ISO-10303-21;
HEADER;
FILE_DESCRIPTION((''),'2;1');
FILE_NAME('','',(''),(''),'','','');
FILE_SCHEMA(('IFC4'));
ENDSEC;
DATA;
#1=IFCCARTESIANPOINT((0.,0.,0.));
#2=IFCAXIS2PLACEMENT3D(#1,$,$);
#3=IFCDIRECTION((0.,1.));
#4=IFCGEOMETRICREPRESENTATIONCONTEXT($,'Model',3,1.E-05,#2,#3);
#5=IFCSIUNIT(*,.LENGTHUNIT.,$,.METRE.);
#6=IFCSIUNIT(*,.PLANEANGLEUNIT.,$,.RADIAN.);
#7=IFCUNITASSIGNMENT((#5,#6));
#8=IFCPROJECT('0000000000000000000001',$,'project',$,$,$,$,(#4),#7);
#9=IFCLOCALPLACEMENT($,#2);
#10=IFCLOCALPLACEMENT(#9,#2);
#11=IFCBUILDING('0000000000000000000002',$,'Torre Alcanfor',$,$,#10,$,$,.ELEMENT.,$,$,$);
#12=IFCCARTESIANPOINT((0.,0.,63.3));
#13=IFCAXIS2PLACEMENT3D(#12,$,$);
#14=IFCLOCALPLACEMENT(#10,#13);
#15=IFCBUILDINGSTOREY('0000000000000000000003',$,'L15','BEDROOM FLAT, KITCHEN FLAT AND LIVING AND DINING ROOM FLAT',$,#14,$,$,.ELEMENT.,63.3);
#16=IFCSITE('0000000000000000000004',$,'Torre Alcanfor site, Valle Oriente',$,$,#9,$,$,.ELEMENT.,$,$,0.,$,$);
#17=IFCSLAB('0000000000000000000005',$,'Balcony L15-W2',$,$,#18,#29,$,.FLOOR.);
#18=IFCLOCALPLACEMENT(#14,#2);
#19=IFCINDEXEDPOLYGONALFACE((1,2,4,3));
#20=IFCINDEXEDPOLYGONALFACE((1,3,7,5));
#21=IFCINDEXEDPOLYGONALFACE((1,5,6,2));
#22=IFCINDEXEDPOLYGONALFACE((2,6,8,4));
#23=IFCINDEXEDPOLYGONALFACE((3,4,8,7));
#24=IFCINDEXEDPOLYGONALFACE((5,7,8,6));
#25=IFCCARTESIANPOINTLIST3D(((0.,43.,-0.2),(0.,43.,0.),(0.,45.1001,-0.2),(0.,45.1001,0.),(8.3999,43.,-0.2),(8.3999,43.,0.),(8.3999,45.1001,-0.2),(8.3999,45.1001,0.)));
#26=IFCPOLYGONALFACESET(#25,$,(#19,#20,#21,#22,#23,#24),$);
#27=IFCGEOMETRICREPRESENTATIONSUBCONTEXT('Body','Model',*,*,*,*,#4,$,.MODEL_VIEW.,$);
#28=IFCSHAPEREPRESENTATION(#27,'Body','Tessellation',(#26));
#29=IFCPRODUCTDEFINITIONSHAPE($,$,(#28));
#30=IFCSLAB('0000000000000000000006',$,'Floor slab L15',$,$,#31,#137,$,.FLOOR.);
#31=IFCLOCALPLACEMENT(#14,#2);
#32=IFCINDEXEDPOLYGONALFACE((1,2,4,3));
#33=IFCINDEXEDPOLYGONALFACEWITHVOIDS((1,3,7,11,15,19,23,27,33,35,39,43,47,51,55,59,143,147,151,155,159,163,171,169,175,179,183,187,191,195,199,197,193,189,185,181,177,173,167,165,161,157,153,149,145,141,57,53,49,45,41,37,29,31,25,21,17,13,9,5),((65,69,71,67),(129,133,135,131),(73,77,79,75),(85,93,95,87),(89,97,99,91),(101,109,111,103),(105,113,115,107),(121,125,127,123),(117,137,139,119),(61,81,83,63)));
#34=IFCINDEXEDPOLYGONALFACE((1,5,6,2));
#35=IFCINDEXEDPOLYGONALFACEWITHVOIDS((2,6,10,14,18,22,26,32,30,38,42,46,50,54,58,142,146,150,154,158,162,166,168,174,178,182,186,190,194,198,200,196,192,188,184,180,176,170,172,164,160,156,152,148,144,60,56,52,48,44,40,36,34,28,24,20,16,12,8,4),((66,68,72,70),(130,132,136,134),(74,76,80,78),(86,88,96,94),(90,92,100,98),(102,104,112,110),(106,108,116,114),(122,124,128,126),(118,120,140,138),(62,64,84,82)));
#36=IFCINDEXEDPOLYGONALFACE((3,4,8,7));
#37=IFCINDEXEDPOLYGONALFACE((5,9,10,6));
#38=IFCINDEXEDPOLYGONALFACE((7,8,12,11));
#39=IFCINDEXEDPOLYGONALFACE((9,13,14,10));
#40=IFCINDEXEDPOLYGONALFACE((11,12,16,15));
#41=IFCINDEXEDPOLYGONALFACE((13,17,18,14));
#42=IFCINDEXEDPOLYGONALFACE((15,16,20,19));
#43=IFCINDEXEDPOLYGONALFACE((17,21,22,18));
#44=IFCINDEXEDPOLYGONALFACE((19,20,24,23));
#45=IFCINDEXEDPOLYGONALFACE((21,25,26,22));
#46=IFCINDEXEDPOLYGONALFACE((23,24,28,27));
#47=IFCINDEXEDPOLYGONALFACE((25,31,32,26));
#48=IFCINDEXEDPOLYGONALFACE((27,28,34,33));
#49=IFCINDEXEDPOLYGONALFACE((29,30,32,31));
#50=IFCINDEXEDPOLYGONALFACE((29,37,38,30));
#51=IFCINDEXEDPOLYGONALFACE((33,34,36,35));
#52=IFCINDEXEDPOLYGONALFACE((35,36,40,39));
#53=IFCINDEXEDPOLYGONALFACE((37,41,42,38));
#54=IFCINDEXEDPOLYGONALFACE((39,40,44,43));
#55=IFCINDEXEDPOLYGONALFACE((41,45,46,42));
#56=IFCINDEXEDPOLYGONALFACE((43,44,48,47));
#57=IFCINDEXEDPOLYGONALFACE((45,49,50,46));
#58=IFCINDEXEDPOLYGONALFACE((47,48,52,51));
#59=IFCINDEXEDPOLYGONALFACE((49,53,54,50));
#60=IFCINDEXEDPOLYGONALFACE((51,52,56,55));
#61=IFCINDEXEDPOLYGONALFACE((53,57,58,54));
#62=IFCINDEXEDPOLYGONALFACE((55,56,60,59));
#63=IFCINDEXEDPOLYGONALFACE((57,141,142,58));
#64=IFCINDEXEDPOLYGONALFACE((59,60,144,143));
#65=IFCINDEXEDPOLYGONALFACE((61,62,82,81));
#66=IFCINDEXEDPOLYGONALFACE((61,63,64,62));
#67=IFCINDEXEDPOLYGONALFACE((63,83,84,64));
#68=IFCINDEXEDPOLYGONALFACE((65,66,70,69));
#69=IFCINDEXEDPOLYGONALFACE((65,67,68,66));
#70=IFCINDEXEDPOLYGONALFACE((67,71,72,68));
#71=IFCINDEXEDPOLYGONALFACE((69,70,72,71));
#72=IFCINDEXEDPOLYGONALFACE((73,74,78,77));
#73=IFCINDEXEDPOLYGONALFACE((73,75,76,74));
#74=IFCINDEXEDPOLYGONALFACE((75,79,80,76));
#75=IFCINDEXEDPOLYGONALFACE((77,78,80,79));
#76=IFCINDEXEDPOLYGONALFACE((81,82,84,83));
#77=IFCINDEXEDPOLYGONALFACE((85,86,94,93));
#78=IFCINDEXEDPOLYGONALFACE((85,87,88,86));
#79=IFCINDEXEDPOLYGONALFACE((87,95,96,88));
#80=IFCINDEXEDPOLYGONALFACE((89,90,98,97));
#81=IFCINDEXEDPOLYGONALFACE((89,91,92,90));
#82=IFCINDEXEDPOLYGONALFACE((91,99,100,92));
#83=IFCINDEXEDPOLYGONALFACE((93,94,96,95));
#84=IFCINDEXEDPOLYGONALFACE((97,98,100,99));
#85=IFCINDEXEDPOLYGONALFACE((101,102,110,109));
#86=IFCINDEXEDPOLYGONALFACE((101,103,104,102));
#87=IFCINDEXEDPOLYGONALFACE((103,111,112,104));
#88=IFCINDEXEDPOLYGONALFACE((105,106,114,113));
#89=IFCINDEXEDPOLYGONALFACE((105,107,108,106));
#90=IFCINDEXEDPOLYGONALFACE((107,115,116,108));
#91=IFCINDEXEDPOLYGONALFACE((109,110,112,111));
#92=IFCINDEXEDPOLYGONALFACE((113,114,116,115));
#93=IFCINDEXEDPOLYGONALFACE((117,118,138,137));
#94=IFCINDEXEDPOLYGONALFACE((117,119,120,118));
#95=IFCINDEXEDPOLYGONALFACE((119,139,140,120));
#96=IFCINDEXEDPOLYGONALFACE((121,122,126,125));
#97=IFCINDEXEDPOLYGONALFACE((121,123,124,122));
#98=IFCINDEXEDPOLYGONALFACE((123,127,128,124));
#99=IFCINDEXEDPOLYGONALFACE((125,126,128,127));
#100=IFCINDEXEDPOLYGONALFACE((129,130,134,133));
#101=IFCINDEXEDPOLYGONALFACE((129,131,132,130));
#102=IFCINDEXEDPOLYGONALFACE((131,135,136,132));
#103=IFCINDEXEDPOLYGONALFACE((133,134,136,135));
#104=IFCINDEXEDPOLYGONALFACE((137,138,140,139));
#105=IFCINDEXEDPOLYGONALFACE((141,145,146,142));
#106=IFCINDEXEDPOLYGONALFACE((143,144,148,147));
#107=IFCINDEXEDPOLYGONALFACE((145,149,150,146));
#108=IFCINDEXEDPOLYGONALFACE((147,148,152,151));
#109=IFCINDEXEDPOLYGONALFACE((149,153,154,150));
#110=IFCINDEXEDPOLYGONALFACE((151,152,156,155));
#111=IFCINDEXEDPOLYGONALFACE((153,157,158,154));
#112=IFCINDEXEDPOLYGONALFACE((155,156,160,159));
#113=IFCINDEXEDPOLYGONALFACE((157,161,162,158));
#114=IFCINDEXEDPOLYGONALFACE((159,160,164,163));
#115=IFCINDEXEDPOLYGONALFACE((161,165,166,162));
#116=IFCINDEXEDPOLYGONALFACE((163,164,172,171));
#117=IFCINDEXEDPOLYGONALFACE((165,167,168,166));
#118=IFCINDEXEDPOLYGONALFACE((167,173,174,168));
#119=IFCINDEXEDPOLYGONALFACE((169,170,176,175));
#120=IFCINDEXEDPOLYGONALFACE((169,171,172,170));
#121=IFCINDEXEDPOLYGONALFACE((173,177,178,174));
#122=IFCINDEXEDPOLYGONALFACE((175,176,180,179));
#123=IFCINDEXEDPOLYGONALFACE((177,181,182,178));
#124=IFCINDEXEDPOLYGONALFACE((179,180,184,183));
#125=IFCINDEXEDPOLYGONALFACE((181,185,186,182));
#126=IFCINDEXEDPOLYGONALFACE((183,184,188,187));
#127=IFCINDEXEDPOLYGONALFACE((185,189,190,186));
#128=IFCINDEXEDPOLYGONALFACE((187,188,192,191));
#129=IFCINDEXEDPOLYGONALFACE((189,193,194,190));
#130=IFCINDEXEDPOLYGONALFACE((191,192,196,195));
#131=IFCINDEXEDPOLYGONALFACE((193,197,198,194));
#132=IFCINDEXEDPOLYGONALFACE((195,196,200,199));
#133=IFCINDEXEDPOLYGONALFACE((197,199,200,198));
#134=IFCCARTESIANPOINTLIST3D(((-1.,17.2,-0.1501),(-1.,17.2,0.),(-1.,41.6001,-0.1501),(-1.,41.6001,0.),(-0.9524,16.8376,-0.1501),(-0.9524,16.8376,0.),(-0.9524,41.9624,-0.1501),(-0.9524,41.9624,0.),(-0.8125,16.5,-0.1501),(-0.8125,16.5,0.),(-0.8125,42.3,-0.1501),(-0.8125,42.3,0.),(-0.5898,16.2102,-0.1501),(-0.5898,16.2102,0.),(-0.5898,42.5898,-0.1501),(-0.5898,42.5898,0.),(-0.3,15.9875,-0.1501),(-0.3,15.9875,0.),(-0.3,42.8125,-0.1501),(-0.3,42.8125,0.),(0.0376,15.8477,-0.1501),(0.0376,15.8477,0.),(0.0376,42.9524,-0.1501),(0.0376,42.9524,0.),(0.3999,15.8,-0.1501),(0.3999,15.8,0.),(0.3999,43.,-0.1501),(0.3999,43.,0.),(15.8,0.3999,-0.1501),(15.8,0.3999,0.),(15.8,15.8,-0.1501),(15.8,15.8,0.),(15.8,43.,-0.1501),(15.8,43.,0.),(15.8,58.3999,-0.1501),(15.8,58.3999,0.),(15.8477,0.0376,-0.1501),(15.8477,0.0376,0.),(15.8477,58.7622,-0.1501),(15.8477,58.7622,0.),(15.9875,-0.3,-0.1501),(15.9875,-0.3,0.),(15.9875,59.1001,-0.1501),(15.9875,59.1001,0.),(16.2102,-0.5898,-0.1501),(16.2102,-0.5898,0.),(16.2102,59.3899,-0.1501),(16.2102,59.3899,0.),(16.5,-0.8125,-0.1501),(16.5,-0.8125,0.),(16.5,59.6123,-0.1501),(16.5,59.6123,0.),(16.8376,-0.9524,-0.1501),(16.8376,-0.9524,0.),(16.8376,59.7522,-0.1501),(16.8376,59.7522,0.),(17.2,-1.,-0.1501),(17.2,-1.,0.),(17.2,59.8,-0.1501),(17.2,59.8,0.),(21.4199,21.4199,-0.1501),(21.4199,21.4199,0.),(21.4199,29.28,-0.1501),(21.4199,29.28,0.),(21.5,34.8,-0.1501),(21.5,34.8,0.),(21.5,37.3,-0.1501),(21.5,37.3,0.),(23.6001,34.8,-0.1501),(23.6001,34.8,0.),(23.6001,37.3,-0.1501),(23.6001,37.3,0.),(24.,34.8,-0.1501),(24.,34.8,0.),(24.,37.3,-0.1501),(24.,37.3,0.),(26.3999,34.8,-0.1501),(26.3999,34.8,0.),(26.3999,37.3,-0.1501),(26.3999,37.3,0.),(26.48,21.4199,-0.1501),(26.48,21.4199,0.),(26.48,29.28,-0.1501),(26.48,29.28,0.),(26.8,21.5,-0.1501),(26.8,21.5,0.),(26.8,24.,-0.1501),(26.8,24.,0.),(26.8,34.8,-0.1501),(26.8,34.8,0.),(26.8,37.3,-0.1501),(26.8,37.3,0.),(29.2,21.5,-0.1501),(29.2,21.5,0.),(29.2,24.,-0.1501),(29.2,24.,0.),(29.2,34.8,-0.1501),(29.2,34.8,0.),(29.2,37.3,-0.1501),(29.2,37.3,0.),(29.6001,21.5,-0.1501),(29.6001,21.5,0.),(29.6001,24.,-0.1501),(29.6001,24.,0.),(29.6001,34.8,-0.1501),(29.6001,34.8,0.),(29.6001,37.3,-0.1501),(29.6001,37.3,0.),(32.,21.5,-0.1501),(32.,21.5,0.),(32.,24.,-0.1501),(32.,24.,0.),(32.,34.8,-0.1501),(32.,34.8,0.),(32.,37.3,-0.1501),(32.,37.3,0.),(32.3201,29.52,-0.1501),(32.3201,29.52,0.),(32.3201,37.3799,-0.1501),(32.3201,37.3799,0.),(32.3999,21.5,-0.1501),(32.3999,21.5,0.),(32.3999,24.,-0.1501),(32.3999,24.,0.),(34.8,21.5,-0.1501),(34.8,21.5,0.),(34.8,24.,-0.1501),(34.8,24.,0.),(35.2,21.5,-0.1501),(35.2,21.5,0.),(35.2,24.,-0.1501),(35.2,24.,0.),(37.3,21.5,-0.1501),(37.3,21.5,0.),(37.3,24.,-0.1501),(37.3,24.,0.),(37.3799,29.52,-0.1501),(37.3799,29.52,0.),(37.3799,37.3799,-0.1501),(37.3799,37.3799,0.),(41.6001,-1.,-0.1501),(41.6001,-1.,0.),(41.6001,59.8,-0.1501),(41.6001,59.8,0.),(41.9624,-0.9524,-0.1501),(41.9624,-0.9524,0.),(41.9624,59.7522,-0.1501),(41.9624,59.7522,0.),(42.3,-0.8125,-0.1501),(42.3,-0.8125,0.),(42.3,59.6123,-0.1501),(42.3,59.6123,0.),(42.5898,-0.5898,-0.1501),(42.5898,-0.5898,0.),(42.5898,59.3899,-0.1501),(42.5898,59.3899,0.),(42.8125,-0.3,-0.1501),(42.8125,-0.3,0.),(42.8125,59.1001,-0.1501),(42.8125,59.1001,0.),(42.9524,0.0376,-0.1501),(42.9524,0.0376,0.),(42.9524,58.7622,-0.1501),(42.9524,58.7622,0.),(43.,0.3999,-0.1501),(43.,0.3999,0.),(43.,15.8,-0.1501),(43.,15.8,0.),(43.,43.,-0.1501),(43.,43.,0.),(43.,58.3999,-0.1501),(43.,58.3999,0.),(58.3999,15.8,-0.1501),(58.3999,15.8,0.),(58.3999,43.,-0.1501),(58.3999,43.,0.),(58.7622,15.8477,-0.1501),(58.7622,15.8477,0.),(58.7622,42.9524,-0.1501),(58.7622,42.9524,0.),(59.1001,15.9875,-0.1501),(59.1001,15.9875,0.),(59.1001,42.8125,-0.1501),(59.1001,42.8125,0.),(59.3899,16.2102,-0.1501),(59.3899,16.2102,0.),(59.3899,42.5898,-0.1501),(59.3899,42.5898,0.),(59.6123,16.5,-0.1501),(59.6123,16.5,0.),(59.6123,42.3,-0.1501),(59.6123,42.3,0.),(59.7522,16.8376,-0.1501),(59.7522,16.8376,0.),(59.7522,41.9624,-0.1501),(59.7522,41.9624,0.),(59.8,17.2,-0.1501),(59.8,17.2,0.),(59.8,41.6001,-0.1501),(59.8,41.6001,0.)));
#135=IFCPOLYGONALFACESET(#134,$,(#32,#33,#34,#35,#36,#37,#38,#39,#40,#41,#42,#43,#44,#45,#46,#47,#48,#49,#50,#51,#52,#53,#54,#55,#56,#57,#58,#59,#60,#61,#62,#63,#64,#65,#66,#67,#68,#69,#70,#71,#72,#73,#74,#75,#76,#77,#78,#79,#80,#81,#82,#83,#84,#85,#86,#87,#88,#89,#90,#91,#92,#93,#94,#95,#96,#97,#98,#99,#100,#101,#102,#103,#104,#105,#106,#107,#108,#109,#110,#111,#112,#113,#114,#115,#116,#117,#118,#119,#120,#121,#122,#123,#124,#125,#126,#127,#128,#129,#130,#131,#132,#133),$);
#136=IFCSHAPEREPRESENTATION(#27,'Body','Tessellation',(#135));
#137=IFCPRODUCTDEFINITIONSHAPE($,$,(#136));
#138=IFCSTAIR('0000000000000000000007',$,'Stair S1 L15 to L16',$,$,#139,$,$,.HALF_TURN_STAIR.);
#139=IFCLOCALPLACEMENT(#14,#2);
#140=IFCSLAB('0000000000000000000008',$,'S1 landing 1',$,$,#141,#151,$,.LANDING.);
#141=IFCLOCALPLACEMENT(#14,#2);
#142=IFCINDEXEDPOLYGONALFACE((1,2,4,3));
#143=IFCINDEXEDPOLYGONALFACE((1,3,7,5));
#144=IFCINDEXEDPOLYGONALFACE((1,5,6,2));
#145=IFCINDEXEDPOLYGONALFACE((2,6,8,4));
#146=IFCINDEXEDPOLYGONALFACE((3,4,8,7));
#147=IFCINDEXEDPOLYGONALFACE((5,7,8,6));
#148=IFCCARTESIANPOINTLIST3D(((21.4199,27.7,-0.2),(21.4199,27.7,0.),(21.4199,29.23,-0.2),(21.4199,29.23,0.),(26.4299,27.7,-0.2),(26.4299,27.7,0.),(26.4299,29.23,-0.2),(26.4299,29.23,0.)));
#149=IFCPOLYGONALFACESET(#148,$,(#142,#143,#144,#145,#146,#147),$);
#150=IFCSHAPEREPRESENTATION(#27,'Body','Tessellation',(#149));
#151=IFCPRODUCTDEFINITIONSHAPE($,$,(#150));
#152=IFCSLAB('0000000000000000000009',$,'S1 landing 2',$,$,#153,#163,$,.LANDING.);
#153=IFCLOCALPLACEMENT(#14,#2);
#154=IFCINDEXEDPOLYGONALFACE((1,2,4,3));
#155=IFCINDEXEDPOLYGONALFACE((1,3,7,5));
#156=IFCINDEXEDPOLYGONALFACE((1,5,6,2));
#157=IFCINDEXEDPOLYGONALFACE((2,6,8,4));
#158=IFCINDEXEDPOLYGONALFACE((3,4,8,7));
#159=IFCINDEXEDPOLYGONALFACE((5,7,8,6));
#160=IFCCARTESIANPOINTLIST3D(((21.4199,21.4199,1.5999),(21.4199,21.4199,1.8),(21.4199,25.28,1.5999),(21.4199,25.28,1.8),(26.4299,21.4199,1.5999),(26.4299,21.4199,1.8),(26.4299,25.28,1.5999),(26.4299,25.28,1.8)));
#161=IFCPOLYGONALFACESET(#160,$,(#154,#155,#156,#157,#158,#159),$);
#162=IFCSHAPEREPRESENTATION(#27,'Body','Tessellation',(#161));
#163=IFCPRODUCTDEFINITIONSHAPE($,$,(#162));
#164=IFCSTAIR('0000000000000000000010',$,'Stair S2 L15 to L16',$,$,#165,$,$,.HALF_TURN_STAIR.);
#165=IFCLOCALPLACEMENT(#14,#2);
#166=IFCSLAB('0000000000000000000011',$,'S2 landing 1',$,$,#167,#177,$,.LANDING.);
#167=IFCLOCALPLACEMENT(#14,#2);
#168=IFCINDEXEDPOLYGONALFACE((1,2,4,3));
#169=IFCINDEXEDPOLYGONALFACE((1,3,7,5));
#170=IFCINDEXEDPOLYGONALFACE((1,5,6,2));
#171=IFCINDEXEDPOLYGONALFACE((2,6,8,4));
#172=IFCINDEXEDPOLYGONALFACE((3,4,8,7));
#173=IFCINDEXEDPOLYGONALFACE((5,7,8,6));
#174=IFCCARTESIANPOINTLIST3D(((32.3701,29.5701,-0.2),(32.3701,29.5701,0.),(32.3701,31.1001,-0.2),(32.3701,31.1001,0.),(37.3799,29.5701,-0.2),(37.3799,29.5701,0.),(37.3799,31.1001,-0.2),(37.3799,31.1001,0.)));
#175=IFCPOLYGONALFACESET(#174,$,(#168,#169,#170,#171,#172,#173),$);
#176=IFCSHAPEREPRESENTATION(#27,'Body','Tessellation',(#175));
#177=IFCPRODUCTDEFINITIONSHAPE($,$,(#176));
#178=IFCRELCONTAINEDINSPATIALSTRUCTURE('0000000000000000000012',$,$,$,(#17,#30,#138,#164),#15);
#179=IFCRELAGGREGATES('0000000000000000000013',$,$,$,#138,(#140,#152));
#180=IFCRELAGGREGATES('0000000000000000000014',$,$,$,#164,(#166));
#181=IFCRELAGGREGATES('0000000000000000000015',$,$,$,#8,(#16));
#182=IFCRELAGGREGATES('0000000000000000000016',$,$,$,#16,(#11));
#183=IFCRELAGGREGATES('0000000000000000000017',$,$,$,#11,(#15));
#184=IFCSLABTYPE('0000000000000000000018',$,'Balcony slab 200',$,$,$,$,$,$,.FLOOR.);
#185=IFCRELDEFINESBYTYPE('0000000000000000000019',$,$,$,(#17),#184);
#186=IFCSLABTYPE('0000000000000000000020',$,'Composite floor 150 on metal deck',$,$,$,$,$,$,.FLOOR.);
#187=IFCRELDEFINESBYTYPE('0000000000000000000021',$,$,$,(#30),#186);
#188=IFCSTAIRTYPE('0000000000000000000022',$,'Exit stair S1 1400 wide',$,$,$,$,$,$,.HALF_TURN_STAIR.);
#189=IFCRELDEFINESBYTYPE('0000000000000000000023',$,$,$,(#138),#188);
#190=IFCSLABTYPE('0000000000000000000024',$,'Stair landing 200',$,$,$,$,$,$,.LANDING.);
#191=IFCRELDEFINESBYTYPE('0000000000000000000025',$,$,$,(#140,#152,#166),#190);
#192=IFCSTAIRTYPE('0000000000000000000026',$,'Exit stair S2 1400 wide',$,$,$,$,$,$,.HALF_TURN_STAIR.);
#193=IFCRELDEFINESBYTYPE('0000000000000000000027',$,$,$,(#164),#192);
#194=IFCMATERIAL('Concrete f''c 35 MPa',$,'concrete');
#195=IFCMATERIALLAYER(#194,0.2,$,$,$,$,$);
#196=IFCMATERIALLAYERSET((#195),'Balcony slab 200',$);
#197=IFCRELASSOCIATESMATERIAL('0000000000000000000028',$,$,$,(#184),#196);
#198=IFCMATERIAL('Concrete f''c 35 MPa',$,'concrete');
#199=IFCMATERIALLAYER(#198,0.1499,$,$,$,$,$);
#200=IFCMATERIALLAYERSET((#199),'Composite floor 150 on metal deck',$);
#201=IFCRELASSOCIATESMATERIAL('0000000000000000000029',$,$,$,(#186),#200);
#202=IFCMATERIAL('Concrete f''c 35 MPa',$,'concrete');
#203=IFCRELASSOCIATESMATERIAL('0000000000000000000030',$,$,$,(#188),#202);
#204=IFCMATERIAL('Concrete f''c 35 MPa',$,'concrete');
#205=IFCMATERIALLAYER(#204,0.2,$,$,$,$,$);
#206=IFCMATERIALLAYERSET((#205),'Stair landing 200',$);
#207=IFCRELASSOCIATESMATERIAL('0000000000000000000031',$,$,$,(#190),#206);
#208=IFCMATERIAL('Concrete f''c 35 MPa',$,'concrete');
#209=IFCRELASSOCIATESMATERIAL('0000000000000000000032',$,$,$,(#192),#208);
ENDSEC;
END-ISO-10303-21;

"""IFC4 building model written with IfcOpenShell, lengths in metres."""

from ifc_helpers import new_model, si_unit, direction, frame, origin, place, context, subcontext, project, spatial, polyline, outline, extrude, material, layer, layer_set, type_object, element, aggregate, save


model = new_model("IFC4")

# Units and contexts
model_context = context("Model", 3, precision=1e-05, world=origin(), true_north=direction((0.0, 1.0)))
body_context = subcontext(model_context, "Body", "Model", "MODEL_VIEW")
ifc_project = project(units=[si_unit("LENGTHUNIT", "METRE"), si_unit("PLANEANGLEUNIT", "RADIAN")], contexts=[model_context])

# Site, building, storey
site_placement = place(None, origin())
site = spatial("IfcSite", under=ifc_project, at=site_placement, Name="Torre Alcanfor site, Valle Oriente", CompositionType="ELEMENT", RefElevation=0.0)
building_placement = place(site_placement, origin())
building = spatial("IfcBuilding", under=site, at=building_placement, Name="Torre Alcanfor", CompositionType="ELEMENT")
storey_placement = place(building_placement, frame((0.0, 0.0, 63.3)))
storey = spatial("IfcBuildingStorey", under=building, at=storey_placement, Name="L15", Description="BEDROOM FLAT, KITCHEN FLAT AND LIVING AND DINING ROOM FLAT", CompositionType="ELEMENT", Elevation=63.3)

# Slabs
ifc_material_1 = material(Name="Concrete f'c 35 MPa", Category="concrete")
ifc_layer_1 = layer(ifc_material_1, 0.2)
ifc_layer_set_1 = layer_set([ifc_layer_1], Name="Balcony slab 200")
slab_type_1 = type_object("IfcSlabType", Name="Balcony slab 200", PredefinedType="FLOOR", material=ifc_layer_set_1)
slab_1_placement = place(storey_placement, frame((0.0, 0.0, -0.2)))
element("IfcSlab", 1, at=slab_1_placement, inside=storey, type_object=slab_type_1, Name="Balcony L15-W2", PredefinedType="FLOOR", context=body_context, shape_type="SweptSolid", body=[
    extrude(outline(polyline([(8.3999, 45.1001), (0.0, 45.1001), (0.0, 43.0), (8.3999, 43.0), (8.3999, 45.1001)])), origin(), (0.0, 0.0, 1.0), 0.2),
])
ifc_material_2 = material(Name="Concrete f'c 35 MPa", Category="concrete")
ifc_layer_2 = layer(ifc_material_2, 0.1499)
ifc_layer_set_2 = layer_set([ifc_layer_2], Name="Composite floor 150 on metal deck")
slab_type_2 = type_object("IfcSlabType", Name="Composite floor 150 on metal deck", PredefinedType="FLOOR", material=ifc_layer_set_2)
slab_2_placement = place(storey_placement, frame((0.0, 0.0, -0.1501)))
element("IfcSlab", 2, at=slab_2_placement, inside=storey, type_object=slab_type_2, Name="Floor slab L15", PredefinedType="FLOOR", context=body_context, shape_type="SweptSolid", body=[
    extrude(outline(polyline([(15.8, 43.0), (0.3999, 43.0), (0.0376, 42.9524), (-0.3, 42.8125), (-0.5898, 42.5898), (-0.8125, 42.3), (-0.9524, 41.9624), (-1.0, 41.6001), (-1.0, 17.2), (-0.9524, 16.8376), (-0.8125, 16.5), (-0.5898, 16.2102), (-0.3, 15.9875), (0.0376, 15.8477), (0.3999, 15.8), (15.8, 15.8), (15.8, 0.3999), (15.8477, 0.0376), (15.9875, -0.3), (16.2102, -0.5898), (16.5, -0.8125), (16.8376, -0.9524), (17.2, -1.0), (41.6001, -1.0), (41.9624, -0.9524), (42.3, -0.8125), (42.5898, -0.5898), (42.8125, -0.3), (42.9524, 0.0376), (43.0, 0.3999), (43.0, 15.8), (58.3999, 15.8), (58.7622, 15.8477), (59.1001, 15.9875), (59.3899, 16.2102), (59.6123, 16.5), (59.7522, 16.8376), (59.8, 17.2), (59.8, 41.6001), (59.7522, 41.9624), (59.6123, 42.3), (59.3899, 42.5898), (59.1001, 42.8125), (58.7622, 42.9524), (58.3999, 43.0), (43.0, 43.0), (43.0, 58.3999), (42.9524, 58.7622), (42.8125, 59.1001), (42.5898, 59.3899), (42.3, 59.6123), (41.9624, 59.7522), (41.6001, 59.8), (17.2, 59.8), (16.8376, 59.7522), (16.5, 59.6123), (16.2102, 59.3899), (15.9875, 59.1001), (15.8477, 58.7622), (15.8, 58.3999), (15.8, 43.0)]), holes=[polyline([(21.4199, 21.4199), (26.48, 21.4199), (26.48, 29.28), (21.4199, 29.28), (21.4199, 21.4199)]), polyline([(32.3201, 29.52), (37.3799, 29.52), (37.3799, 37.3799), (32.3201, 37.3799), (32.3201, 29.52)]), polyline([(26.8, 21.5), (29.2, 21.5), (29.2, 24.0), (26.8, 24.0), (26.8, 21.5)]), polyline([(29.6001, 21.5), (32.0, 21.5), (32.0, 24.0), (29.6001, 24.0), (29.6001, 21.5)]), polyline([(32.3999, 21.5), (34.8, 21.5), (34.8, 24.0), (32.3999, 24.0), (32.3999, 21.5)]), polyline([(35.2, 21.5), (37.3, 21.5), (37.3, 24.0), (35.2, 24.0), (35.2, 21.5)]), polyline([(21.5, 34.8), (23.6001, 34.8), (23.6001, 37.3), (21.5, 37.3), (21.5, 34.8)]), polyline([(24.0, 34.8), (26.3999, 34.8), (26.3999, 37.3), (24.0, 37.3), (24.0, 34.8)]), polyline([(26.8, 34.8), (29.2, 34.8), (29.2, 37.3), (26.8, 37.3), (26.8, 34.8)]), polyline([(29.6001, 34.8), (32.0, 34.8), (32.0, 37.3), (29.6001, 37.3), (29.6001, 34.8)])]), origin(), (0.0, 0.0, 1.0), 0.1501),
])

# Stairs, slabs
ifc_material_3 = material(Name="Concrete f'c 35 MPa", Category="concrete")
stair_type_1 = type_object("IfcStairType", Name="Exit stair S1 1400 wide", PredefinedType="HALF_TURN_STAIR", material=ifc_material_3)
stair_1_placement = place(storey_placement, origin())
stair_1 = element("IfcStair", 3, at=stair_1_placement, inside=storey, type_object=stair_type_1, Name="Stair S1 L15 to L16", PredefinedType="HALF_TURN_STAIR")
ifc_material_4 = material(Name="Concrete f'c 35 MPa", Category="concrete")
ifc_layer_3 = layer(ifc_material_4, 0.2)
ifc_layer_set_3 = layer_set([ifc_layer_3], Name="Stair landing 200")
slab_type_3 = type_object("IfcSlabType", Name="Stair landing 200", PredefinedType="LANDING", material=ifc_layer_set_3)
slab_3_placement = place(storey_placement, frame((0.0, 0.0, -0.2)))
slab_3 = element("IfcSlab", 4, at=slab_3_placement, type_object=slab_type_3, Name="S1 landing 1", PredefinedType="LANDING", context=body_context, shape_type="SweptSolid", body=[
    extrude(outline(polyline([(21.4199, 27.7), (26.4299, 27.7), (26.4299, 29.23), (21.4199, 29.23), (21.4199, 27.7)])), origin(), (0.0, 0.0, 1.0), 0.2),
])
slab_4_placement = place(storey_placement, frame((0.0, 0.0, 1.5999)))
slab_4 = element("IfcSlab", 5, at=slab_4_placement, type_object=slab_type_3, Name="S1 landing 2", PredefinedType="LANDING", context=body_context, shape_type="SweptSolid", body=[
    extrude(outline(polyline([(21.4199, 21.4199), (26.4299, 21.4199), (26.4299, 25.28), (21.4199, 25.28), (21.4199, 21.4199)])), origin(), (0.0, 0.0, 1.0), 0.2002),
])
aggregate(stair_1, [slab_3, slab_4])
ifc_material_5 = material(Name="Concrete f'c 35 MPa", Category="concrete")
stair_type_2 = type_object("IfcStairType", Name="Exit stair S2 1400 wide", PredefinedType="HALF_TURN_STAIR", material=ifc_material_5)
stair_2_placement = place(storey_placement, origin())
stair_2 = element("IfcStair", 6, at=stair_2_placement, inside=storey, type_object=stair_type_2, Name="Stair S2 L15 to L16", PredefinedType="HALF_TURN_STAIR")
slab_5_placement = place(storey_placement, frame((0.0, 0.0, -0.2)))
slab_5 = element("IfcSlab", 7, at=slab_5_placement, type_object=slab_type_3, Name="S2 landing 1", PredefinedType="LANDING", context=body_context, shape_type="SweptSolid", body=[
    extrude(outline(polyline([(32.3701, 29.5701), (37.3799, 29.5701), (37.3799, 31.1001), (32.3701, 31.1001), (32.3701, 29.5701)])), origin(), (0.0, 0.0, 1.0), 0.2),
])
aggregate(stair_2, [slab_5])

save(model, "model.ifc")
